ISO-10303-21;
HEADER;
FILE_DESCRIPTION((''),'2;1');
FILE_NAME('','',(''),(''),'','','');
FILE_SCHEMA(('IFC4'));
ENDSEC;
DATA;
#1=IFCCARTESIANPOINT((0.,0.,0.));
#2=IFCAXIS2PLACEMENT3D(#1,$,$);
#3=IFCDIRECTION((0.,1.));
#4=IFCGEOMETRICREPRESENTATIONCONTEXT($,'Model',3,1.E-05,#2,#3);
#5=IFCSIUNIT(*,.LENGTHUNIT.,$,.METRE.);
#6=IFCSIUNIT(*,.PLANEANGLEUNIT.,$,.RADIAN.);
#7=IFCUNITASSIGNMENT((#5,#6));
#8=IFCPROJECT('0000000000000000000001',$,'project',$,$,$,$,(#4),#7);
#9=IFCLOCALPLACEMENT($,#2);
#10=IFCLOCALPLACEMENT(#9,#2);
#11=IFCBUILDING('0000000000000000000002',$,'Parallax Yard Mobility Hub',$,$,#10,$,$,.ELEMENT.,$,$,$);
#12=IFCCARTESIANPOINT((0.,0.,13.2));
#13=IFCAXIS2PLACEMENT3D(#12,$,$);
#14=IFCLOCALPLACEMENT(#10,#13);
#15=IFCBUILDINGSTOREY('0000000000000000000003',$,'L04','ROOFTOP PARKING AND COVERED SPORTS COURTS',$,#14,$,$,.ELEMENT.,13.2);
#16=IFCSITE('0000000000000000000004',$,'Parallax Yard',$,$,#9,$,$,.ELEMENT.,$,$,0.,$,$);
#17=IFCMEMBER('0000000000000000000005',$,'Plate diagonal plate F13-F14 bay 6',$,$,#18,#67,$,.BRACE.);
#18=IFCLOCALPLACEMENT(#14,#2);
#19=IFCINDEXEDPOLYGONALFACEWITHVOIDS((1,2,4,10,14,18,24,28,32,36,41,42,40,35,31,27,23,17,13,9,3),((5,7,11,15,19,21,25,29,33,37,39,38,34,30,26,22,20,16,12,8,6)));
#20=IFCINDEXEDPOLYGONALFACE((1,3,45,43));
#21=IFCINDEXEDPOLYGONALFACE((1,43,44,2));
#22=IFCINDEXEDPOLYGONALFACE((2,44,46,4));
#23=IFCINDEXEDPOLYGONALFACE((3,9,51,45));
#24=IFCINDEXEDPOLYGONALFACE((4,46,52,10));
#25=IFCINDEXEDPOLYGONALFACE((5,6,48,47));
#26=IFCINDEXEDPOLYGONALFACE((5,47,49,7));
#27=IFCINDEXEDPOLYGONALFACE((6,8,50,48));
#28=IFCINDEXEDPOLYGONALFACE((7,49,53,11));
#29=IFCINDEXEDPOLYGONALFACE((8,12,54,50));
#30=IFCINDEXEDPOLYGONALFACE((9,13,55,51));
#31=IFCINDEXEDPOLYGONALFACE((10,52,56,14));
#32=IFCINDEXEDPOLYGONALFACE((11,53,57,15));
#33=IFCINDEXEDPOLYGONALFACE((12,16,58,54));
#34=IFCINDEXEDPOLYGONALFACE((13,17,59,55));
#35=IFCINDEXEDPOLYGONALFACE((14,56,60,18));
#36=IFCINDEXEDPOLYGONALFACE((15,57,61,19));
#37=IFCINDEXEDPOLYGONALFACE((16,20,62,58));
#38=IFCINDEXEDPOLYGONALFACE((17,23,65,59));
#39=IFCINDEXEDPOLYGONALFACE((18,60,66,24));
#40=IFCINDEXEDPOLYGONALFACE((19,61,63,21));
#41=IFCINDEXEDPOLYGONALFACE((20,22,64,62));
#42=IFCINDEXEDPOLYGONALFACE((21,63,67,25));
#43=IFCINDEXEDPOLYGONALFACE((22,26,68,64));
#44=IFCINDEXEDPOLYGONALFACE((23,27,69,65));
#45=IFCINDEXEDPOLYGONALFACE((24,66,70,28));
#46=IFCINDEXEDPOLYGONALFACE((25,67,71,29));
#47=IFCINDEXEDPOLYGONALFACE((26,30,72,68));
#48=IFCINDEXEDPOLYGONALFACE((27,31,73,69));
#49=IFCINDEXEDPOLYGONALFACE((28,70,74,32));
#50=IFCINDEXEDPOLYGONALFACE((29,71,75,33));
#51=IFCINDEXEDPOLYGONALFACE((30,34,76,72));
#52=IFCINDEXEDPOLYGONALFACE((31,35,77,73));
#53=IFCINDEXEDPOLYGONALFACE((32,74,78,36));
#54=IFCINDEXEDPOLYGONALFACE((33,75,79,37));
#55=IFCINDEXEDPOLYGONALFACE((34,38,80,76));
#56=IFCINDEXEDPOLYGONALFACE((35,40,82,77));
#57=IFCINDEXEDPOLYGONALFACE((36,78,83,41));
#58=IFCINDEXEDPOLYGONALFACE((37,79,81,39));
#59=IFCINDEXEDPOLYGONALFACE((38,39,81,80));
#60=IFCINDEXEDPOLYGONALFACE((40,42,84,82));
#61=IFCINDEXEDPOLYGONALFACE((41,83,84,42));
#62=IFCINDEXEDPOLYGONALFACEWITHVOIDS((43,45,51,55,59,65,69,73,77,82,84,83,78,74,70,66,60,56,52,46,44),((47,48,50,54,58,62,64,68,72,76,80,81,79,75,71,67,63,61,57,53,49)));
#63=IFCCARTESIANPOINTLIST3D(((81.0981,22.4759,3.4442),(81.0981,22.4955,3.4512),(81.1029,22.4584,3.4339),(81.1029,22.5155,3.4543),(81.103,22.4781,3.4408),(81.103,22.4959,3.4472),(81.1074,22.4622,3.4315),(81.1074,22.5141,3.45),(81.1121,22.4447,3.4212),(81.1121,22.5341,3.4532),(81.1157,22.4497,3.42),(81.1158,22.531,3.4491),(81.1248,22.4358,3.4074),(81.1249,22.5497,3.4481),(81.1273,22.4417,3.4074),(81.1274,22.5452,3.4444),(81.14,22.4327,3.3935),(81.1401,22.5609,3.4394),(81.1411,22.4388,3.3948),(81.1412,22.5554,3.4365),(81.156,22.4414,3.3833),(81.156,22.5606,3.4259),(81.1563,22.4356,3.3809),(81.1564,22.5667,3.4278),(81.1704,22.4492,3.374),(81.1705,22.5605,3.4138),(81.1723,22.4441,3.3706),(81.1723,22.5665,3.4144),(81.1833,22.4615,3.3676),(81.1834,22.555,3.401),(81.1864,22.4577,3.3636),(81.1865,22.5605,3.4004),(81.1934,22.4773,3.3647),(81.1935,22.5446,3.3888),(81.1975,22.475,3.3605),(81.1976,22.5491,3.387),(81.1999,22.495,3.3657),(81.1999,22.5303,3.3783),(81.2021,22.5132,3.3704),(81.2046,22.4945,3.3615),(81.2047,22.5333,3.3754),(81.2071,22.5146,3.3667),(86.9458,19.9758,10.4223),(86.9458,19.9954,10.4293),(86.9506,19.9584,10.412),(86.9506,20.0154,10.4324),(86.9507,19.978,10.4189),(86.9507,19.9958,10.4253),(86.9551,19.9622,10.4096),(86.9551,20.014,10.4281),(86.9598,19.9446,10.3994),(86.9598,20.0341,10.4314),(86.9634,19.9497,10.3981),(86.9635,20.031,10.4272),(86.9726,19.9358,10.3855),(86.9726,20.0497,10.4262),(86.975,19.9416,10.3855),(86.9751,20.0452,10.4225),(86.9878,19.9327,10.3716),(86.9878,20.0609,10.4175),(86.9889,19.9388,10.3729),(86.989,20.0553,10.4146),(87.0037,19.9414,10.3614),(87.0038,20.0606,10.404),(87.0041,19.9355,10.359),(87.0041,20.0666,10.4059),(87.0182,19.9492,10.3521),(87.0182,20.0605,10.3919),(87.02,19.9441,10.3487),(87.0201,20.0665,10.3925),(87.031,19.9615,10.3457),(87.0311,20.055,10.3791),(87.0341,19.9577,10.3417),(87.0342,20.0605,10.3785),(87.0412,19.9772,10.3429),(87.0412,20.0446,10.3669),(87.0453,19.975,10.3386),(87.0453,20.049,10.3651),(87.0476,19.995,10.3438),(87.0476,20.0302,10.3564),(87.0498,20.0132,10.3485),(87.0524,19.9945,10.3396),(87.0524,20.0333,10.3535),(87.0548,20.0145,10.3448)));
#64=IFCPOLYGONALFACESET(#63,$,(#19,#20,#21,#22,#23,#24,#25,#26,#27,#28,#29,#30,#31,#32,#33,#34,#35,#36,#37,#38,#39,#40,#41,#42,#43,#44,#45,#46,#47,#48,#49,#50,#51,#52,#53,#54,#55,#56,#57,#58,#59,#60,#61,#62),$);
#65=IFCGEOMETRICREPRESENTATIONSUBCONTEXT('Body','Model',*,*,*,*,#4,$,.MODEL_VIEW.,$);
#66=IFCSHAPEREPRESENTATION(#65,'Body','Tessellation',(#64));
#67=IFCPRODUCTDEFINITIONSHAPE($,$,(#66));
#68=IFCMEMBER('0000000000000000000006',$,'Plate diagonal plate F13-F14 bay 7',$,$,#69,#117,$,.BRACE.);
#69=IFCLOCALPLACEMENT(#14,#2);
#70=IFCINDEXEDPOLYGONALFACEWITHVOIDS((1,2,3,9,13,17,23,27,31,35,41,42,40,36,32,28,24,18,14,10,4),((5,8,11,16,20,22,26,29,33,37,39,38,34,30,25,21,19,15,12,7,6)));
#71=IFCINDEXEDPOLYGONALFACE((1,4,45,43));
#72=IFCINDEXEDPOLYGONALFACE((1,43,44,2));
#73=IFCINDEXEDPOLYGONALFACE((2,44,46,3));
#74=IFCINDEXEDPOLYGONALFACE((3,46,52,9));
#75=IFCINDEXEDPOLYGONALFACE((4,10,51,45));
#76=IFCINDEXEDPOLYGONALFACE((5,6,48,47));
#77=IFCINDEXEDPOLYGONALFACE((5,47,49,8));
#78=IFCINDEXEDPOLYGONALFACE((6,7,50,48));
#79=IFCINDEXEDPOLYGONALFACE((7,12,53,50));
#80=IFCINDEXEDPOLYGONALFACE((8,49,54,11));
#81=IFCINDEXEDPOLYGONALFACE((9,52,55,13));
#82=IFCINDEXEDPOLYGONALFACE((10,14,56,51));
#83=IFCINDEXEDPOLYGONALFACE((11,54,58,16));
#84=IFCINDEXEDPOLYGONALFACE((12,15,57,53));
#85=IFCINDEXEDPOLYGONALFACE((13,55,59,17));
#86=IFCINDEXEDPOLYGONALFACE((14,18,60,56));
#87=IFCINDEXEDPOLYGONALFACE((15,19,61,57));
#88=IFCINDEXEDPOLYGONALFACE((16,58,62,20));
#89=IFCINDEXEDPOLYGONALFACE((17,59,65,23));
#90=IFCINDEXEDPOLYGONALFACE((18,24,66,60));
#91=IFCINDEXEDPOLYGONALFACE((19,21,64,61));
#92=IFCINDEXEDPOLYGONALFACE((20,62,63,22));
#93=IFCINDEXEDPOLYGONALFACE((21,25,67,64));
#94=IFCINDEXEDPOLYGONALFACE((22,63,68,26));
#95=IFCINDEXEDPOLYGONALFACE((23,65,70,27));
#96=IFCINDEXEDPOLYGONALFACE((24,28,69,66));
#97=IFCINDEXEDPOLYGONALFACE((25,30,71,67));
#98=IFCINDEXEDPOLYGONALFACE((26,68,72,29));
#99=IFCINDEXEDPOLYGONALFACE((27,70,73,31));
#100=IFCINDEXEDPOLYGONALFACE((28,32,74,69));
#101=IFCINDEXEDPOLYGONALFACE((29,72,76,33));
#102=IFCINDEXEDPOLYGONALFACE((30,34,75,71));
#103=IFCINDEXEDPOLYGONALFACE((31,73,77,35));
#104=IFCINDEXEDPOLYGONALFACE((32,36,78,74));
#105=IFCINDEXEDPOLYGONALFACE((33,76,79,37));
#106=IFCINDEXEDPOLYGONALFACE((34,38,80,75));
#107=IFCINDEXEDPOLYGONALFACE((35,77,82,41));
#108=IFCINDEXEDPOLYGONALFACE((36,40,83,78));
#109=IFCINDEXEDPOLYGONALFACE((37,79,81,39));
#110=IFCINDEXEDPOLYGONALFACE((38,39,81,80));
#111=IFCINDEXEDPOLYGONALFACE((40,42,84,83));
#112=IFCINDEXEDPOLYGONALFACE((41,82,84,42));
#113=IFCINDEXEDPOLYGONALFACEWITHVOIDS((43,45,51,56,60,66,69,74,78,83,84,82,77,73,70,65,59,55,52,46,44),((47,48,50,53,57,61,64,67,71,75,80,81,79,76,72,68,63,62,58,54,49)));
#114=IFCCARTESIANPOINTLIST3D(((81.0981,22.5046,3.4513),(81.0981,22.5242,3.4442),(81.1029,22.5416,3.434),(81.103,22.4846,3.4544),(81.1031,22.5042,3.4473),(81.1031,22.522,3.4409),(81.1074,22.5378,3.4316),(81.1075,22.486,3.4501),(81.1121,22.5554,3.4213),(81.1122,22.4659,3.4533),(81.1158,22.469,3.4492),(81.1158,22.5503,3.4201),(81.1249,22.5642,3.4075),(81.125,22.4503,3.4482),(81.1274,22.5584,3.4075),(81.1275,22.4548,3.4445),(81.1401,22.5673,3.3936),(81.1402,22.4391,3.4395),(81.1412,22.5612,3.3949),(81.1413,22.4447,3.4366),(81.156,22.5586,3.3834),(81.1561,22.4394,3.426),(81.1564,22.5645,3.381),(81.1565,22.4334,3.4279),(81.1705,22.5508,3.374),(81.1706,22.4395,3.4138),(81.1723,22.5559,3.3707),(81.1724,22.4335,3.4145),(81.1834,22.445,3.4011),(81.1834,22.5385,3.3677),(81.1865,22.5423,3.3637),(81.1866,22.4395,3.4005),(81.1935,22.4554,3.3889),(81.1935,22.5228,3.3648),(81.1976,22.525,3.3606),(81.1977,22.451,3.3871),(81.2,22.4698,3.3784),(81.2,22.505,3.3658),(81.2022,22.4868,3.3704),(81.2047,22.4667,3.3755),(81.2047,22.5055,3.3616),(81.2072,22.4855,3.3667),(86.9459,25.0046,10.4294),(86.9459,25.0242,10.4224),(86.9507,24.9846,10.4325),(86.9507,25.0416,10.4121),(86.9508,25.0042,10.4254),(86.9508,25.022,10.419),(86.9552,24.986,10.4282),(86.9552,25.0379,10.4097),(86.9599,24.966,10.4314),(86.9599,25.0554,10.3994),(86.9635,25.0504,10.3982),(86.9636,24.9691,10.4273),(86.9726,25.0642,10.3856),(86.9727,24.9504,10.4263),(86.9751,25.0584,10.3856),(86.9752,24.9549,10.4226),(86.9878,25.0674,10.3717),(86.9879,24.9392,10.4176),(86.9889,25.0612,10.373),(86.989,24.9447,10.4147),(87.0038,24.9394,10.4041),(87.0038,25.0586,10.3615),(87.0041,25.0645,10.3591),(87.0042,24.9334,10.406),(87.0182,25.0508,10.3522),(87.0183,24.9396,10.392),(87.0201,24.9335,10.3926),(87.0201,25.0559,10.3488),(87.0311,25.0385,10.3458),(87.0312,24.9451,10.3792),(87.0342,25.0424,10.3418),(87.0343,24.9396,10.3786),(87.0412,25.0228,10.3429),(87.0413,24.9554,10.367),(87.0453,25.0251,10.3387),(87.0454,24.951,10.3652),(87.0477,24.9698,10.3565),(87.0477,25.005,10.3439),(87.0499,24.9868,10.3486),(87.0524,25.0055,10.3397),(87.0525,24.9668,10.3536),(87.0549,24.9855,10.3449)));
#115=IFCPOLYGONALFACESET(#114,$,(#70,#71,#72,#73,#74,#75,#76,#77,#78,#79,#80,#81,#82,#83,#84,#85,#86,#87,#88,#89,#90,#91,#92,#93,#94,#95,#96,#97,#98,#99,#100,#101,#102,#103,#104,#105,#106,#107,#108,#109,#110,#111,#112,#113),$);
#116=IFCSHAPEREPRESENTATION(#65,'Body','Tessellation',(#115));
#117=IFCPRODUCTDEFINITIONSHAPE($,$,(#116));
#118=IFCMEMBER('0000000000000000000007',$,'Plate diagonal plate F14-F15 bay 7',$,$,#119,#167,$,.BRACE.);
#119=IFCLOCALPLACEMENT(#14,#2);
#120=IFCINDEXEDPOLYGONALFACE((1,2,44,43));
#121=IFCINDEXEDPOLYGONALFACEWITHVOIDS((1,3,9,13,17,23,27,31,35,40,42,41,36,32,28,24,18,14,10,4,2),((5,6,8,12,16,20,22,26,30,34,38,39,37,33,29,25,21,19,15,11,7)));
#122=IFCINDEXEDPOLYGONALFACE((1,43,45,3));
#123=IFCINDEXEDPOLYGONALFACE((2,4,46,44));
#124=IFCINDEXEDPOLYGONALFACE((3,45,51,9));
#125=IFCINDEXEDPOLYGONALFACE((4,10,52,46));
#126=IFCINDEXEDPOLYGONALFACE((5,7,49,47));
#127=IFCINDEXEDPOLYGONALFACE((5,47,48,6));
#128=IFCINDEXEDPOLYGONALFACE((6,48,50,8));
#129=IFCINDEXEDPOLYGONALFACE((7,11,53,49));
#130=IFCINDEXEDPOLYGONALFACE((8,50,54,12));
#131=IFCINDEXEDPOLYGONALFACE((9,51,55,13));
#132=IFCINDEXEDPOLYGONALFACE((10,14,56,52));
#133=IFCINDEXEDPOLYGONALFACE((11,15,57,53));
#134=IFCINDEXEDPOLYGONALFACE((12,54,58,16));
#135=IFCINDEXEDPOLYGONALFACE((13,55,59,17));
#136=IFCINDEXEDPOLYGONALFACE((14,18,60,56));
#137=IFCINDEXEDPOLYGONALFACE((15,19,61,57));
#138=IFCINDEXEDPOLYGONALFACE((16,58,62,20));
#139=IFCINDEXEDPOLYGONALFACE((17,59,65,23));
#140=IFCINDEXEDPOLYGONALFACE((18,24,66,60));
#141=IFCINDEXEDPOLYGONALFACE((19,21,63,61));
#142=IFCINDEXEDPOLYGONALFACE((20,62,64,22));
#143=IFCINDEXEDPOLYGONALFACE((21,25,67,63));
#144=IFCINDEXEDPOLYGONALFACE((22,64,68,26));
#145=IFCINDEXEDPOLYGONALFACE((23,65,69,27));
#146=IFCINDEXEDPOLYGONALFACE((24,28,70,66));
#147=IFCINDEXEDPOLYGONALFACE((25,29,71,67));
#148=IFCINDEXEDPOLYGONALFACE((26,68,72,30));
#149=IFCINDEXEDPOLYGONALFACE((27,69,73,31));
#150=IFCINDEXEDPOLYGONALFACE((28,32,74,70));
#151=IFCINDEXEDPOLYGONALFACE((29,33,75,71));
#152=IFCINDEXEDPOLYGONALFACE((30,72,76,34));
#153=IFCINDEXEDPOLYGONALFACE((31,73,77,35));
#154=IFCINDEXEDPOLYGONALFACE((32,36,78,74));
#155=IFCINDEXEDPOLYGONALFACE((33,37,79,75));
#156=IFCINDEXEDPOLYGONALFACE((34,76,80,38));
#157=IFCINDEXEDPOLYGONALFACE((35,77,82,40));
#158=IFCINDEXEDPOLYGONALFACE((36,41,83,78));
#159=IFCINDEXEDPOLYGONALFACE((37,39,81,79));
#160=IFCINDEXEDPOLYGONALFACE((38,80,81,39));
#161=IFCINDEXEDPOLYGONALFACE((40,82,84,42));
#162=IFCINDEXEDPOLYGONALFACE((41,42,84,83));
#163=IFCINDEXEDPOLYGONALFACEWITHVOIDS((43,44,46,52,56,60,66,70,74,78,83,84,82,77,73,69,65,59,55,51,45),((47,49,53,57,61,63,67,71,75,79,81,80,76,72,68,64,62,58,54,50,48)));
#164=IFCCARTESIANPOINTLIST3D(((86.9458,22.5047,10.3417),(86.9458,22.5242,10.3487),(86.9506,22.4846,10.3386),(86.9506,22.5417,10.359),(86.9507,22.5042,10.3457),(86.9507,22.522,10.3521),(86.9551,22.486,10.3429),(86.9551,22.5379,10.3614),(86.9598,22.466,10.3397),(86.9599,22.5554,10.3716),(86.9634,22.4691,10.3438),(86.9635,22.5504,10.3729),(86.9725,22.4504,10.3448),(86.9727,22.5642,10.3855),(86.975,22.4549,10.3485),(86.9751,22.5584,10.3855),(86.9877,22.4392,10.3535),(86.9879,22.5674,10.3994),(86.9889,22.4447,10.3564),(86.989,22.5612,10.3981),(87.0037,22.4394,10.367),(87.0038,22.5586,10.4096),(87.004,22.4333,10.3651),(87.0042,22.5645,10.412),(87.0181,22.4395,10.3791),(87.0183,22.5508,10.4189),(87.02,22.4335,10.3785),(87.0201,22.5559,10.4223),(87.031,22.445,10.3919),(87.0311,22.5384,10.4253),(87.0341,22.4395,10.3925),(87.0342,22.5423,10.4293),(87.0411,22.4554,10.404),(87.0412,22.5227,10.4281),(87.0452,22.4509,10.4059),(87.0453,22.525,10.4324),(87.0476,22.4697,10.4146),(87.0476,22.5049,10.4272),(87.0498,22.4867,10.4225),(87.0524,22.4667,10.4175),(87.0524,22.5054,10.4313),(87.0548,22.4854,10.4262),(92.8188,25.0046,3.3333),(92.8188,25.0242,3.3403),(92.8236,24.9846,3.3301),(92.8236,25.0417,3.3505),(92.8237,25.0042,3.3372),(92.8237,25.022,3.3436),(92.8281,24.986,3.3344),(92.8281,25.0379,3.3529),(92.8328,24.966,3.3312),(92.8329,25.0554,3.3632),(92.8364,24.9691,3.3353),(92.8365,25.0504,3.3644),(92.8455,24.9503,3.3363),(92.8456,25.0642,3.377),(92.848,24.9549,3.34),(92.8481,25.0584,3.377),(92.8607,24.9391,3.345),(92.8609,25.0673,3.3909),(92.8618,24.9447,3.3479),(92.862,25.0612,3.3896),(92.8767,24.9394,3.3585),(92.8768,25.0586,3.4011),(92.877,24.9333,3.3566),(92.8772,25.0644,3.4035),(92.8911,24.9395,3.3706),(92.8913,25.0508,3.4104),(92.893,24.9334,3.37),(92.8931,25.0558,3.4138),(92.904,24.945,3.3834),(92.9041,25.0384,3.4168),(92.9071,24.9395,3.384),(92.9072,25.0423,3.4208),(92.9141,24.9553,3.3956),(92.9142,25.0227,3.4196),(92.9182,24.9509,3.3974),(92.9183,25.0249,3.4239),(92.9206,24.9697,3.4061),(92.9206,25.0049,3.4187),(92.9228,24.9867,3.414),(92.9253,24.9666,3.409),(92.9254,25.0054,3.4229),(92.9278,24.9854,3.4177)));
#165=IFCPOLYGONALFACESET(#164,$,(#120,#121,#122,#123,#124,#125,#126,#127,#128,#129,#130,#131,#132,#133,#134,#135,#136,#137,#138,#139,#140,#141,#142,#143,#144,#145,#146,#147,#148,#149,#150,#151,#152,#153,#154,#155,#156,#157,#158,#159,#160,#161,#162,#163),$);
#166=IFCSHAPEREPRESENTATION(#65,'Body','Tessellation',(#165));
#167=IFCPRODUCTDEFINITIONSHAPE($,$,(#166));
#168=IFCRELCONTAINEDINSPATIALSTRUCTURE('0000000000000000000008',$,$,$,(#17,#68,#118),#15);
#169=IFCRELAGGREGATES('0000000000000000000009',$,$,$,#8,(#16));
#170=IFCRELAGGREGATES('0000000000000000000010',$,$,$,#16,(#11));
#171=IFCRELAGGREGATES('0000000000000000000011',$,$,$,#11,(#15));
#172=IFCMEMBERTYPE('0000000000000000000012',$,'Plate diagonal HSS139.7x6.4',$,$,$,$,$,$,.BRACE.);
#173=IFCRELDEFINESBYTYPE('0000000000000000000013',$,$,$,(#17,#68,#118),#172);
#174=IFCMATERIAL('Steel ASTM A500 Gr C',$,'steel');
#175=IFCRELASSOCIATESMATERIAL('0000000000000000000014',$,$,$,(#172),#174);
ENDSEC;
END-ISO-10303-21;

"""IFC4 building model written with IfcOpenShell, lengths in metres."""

from ifc_helpers import new_model, si_unit, direction, frame, origin, origin_2d, place, context, subcontext, project, spatial, hollow_circle, extrude, material, material_profile, profile_set, type_object, element, save


model = new_model("IFC4")

# Units and contexts
model_context = context("Model", 3, precision=1e-05, world=origin(), true_north=direction((0.0, 1.0)))
body_context = subcontext(model_context, "Body", "Model", "MODEL_VIEW")
ifc_project = project(units=[si_unit("LENGTHUNIT", "METRE"), si_unit("PLANEANGLEUNIT", "RADIAN")], contexts=[model_context])

# Site, building, storey
site_placement = place(None, origin())
site = spatial("IfcSite", under=ifc_project, at=site_placement, Name="Parallax Yard", CompositionType="ELEMENT", RefElevation=0.0)
building_placement = place(site_placement, origin())
building = spatial("IfcBuilding", under=site, at=building_placement, Name="Parallax Yard Mobility Hub", CompositionType="ELEMENT")
storey_placement = place(building_placement, frame((0.0, 0.0, 13.2)))
storey = spatial("IfcBuildingStorey", under=building, at=storey_placement, Name="L04", Description="ROOFTOP PARKING AND COVERED SPORTS COURTS", CompositionType="ELEMENT", Elevation=13.2)

# Members
ifc_material_1 = material(Name="Steel ASTM A500 Gr C", Category="steel")
ifc_material_profile_1 = material_profile(ifc_material_1, hollow_circle(Radius=0.0698, WallThickness=0.0063, at=origin_2d()), Name="HSS139.7x6.4")
ifc_profile_set_1 = profile_set([ifc_material_profile_1], Name="Steel ASTM A500 Gr C")
member_type_1 = type_object("IfcMemberType", Name="Plate diagonal HSS139.7x6.4", PredefinedType="BRACE", material=ifc_profile_set_1)
for number, where, z_axis, x_axis, name in (
    (1, (87.0, 20.0, 10.3855), (-0.61937, 0.264794, -0.739097), (-0.393104, -0.919494, 0.0), "Plate diagonal plate F13-F14 bay 6"),
    (2, (81.1523, 22.5, 3.4075), (0.61937, 0.264794, 0.739097), (-0.393104, 0.919494, 0.0), "Plate diagonal plate F13-F14 bay 7"),
):
    element("IfcMember", number, at=place(storey_placement, frame(where, z_axis=z_axis, x_axis=x_axis)), inside=storey, type_object=member_type_1, Name=name, PredefinedType="BRACE", context=body_context, shape_type="SweptSolid", body=[
        extrude(hollow_circle(Radius=0.0698, WallThickness=0.0063, at=origin_2d()), origin(), (0.0, 0.0, 1.0), 9.4414),
    ])
member_1_placement = place(storey_placement, frame((87.0, 22.5, 10.3855), z_axis=(0.619547, 0.263725, -0.739331), x_axis=(-0.391665, 0.920108, 0.0)))
element("IfcMember", 3, at=member_1_placement, inside=storey, type_object=member_type_1, Name="Plate diagonal plate F14-F15 bay 7", PredefinedType="BRACE", context=body_context, shape_type="SweptSolid", body=[
    extrude(hollow_circle(Radius=0.0698, WallThickness=0.0063, at=origin_2d()), origin(), (0.0, 0.0, 1.0), 9.4795),
])

save(model, "model.ifc")
